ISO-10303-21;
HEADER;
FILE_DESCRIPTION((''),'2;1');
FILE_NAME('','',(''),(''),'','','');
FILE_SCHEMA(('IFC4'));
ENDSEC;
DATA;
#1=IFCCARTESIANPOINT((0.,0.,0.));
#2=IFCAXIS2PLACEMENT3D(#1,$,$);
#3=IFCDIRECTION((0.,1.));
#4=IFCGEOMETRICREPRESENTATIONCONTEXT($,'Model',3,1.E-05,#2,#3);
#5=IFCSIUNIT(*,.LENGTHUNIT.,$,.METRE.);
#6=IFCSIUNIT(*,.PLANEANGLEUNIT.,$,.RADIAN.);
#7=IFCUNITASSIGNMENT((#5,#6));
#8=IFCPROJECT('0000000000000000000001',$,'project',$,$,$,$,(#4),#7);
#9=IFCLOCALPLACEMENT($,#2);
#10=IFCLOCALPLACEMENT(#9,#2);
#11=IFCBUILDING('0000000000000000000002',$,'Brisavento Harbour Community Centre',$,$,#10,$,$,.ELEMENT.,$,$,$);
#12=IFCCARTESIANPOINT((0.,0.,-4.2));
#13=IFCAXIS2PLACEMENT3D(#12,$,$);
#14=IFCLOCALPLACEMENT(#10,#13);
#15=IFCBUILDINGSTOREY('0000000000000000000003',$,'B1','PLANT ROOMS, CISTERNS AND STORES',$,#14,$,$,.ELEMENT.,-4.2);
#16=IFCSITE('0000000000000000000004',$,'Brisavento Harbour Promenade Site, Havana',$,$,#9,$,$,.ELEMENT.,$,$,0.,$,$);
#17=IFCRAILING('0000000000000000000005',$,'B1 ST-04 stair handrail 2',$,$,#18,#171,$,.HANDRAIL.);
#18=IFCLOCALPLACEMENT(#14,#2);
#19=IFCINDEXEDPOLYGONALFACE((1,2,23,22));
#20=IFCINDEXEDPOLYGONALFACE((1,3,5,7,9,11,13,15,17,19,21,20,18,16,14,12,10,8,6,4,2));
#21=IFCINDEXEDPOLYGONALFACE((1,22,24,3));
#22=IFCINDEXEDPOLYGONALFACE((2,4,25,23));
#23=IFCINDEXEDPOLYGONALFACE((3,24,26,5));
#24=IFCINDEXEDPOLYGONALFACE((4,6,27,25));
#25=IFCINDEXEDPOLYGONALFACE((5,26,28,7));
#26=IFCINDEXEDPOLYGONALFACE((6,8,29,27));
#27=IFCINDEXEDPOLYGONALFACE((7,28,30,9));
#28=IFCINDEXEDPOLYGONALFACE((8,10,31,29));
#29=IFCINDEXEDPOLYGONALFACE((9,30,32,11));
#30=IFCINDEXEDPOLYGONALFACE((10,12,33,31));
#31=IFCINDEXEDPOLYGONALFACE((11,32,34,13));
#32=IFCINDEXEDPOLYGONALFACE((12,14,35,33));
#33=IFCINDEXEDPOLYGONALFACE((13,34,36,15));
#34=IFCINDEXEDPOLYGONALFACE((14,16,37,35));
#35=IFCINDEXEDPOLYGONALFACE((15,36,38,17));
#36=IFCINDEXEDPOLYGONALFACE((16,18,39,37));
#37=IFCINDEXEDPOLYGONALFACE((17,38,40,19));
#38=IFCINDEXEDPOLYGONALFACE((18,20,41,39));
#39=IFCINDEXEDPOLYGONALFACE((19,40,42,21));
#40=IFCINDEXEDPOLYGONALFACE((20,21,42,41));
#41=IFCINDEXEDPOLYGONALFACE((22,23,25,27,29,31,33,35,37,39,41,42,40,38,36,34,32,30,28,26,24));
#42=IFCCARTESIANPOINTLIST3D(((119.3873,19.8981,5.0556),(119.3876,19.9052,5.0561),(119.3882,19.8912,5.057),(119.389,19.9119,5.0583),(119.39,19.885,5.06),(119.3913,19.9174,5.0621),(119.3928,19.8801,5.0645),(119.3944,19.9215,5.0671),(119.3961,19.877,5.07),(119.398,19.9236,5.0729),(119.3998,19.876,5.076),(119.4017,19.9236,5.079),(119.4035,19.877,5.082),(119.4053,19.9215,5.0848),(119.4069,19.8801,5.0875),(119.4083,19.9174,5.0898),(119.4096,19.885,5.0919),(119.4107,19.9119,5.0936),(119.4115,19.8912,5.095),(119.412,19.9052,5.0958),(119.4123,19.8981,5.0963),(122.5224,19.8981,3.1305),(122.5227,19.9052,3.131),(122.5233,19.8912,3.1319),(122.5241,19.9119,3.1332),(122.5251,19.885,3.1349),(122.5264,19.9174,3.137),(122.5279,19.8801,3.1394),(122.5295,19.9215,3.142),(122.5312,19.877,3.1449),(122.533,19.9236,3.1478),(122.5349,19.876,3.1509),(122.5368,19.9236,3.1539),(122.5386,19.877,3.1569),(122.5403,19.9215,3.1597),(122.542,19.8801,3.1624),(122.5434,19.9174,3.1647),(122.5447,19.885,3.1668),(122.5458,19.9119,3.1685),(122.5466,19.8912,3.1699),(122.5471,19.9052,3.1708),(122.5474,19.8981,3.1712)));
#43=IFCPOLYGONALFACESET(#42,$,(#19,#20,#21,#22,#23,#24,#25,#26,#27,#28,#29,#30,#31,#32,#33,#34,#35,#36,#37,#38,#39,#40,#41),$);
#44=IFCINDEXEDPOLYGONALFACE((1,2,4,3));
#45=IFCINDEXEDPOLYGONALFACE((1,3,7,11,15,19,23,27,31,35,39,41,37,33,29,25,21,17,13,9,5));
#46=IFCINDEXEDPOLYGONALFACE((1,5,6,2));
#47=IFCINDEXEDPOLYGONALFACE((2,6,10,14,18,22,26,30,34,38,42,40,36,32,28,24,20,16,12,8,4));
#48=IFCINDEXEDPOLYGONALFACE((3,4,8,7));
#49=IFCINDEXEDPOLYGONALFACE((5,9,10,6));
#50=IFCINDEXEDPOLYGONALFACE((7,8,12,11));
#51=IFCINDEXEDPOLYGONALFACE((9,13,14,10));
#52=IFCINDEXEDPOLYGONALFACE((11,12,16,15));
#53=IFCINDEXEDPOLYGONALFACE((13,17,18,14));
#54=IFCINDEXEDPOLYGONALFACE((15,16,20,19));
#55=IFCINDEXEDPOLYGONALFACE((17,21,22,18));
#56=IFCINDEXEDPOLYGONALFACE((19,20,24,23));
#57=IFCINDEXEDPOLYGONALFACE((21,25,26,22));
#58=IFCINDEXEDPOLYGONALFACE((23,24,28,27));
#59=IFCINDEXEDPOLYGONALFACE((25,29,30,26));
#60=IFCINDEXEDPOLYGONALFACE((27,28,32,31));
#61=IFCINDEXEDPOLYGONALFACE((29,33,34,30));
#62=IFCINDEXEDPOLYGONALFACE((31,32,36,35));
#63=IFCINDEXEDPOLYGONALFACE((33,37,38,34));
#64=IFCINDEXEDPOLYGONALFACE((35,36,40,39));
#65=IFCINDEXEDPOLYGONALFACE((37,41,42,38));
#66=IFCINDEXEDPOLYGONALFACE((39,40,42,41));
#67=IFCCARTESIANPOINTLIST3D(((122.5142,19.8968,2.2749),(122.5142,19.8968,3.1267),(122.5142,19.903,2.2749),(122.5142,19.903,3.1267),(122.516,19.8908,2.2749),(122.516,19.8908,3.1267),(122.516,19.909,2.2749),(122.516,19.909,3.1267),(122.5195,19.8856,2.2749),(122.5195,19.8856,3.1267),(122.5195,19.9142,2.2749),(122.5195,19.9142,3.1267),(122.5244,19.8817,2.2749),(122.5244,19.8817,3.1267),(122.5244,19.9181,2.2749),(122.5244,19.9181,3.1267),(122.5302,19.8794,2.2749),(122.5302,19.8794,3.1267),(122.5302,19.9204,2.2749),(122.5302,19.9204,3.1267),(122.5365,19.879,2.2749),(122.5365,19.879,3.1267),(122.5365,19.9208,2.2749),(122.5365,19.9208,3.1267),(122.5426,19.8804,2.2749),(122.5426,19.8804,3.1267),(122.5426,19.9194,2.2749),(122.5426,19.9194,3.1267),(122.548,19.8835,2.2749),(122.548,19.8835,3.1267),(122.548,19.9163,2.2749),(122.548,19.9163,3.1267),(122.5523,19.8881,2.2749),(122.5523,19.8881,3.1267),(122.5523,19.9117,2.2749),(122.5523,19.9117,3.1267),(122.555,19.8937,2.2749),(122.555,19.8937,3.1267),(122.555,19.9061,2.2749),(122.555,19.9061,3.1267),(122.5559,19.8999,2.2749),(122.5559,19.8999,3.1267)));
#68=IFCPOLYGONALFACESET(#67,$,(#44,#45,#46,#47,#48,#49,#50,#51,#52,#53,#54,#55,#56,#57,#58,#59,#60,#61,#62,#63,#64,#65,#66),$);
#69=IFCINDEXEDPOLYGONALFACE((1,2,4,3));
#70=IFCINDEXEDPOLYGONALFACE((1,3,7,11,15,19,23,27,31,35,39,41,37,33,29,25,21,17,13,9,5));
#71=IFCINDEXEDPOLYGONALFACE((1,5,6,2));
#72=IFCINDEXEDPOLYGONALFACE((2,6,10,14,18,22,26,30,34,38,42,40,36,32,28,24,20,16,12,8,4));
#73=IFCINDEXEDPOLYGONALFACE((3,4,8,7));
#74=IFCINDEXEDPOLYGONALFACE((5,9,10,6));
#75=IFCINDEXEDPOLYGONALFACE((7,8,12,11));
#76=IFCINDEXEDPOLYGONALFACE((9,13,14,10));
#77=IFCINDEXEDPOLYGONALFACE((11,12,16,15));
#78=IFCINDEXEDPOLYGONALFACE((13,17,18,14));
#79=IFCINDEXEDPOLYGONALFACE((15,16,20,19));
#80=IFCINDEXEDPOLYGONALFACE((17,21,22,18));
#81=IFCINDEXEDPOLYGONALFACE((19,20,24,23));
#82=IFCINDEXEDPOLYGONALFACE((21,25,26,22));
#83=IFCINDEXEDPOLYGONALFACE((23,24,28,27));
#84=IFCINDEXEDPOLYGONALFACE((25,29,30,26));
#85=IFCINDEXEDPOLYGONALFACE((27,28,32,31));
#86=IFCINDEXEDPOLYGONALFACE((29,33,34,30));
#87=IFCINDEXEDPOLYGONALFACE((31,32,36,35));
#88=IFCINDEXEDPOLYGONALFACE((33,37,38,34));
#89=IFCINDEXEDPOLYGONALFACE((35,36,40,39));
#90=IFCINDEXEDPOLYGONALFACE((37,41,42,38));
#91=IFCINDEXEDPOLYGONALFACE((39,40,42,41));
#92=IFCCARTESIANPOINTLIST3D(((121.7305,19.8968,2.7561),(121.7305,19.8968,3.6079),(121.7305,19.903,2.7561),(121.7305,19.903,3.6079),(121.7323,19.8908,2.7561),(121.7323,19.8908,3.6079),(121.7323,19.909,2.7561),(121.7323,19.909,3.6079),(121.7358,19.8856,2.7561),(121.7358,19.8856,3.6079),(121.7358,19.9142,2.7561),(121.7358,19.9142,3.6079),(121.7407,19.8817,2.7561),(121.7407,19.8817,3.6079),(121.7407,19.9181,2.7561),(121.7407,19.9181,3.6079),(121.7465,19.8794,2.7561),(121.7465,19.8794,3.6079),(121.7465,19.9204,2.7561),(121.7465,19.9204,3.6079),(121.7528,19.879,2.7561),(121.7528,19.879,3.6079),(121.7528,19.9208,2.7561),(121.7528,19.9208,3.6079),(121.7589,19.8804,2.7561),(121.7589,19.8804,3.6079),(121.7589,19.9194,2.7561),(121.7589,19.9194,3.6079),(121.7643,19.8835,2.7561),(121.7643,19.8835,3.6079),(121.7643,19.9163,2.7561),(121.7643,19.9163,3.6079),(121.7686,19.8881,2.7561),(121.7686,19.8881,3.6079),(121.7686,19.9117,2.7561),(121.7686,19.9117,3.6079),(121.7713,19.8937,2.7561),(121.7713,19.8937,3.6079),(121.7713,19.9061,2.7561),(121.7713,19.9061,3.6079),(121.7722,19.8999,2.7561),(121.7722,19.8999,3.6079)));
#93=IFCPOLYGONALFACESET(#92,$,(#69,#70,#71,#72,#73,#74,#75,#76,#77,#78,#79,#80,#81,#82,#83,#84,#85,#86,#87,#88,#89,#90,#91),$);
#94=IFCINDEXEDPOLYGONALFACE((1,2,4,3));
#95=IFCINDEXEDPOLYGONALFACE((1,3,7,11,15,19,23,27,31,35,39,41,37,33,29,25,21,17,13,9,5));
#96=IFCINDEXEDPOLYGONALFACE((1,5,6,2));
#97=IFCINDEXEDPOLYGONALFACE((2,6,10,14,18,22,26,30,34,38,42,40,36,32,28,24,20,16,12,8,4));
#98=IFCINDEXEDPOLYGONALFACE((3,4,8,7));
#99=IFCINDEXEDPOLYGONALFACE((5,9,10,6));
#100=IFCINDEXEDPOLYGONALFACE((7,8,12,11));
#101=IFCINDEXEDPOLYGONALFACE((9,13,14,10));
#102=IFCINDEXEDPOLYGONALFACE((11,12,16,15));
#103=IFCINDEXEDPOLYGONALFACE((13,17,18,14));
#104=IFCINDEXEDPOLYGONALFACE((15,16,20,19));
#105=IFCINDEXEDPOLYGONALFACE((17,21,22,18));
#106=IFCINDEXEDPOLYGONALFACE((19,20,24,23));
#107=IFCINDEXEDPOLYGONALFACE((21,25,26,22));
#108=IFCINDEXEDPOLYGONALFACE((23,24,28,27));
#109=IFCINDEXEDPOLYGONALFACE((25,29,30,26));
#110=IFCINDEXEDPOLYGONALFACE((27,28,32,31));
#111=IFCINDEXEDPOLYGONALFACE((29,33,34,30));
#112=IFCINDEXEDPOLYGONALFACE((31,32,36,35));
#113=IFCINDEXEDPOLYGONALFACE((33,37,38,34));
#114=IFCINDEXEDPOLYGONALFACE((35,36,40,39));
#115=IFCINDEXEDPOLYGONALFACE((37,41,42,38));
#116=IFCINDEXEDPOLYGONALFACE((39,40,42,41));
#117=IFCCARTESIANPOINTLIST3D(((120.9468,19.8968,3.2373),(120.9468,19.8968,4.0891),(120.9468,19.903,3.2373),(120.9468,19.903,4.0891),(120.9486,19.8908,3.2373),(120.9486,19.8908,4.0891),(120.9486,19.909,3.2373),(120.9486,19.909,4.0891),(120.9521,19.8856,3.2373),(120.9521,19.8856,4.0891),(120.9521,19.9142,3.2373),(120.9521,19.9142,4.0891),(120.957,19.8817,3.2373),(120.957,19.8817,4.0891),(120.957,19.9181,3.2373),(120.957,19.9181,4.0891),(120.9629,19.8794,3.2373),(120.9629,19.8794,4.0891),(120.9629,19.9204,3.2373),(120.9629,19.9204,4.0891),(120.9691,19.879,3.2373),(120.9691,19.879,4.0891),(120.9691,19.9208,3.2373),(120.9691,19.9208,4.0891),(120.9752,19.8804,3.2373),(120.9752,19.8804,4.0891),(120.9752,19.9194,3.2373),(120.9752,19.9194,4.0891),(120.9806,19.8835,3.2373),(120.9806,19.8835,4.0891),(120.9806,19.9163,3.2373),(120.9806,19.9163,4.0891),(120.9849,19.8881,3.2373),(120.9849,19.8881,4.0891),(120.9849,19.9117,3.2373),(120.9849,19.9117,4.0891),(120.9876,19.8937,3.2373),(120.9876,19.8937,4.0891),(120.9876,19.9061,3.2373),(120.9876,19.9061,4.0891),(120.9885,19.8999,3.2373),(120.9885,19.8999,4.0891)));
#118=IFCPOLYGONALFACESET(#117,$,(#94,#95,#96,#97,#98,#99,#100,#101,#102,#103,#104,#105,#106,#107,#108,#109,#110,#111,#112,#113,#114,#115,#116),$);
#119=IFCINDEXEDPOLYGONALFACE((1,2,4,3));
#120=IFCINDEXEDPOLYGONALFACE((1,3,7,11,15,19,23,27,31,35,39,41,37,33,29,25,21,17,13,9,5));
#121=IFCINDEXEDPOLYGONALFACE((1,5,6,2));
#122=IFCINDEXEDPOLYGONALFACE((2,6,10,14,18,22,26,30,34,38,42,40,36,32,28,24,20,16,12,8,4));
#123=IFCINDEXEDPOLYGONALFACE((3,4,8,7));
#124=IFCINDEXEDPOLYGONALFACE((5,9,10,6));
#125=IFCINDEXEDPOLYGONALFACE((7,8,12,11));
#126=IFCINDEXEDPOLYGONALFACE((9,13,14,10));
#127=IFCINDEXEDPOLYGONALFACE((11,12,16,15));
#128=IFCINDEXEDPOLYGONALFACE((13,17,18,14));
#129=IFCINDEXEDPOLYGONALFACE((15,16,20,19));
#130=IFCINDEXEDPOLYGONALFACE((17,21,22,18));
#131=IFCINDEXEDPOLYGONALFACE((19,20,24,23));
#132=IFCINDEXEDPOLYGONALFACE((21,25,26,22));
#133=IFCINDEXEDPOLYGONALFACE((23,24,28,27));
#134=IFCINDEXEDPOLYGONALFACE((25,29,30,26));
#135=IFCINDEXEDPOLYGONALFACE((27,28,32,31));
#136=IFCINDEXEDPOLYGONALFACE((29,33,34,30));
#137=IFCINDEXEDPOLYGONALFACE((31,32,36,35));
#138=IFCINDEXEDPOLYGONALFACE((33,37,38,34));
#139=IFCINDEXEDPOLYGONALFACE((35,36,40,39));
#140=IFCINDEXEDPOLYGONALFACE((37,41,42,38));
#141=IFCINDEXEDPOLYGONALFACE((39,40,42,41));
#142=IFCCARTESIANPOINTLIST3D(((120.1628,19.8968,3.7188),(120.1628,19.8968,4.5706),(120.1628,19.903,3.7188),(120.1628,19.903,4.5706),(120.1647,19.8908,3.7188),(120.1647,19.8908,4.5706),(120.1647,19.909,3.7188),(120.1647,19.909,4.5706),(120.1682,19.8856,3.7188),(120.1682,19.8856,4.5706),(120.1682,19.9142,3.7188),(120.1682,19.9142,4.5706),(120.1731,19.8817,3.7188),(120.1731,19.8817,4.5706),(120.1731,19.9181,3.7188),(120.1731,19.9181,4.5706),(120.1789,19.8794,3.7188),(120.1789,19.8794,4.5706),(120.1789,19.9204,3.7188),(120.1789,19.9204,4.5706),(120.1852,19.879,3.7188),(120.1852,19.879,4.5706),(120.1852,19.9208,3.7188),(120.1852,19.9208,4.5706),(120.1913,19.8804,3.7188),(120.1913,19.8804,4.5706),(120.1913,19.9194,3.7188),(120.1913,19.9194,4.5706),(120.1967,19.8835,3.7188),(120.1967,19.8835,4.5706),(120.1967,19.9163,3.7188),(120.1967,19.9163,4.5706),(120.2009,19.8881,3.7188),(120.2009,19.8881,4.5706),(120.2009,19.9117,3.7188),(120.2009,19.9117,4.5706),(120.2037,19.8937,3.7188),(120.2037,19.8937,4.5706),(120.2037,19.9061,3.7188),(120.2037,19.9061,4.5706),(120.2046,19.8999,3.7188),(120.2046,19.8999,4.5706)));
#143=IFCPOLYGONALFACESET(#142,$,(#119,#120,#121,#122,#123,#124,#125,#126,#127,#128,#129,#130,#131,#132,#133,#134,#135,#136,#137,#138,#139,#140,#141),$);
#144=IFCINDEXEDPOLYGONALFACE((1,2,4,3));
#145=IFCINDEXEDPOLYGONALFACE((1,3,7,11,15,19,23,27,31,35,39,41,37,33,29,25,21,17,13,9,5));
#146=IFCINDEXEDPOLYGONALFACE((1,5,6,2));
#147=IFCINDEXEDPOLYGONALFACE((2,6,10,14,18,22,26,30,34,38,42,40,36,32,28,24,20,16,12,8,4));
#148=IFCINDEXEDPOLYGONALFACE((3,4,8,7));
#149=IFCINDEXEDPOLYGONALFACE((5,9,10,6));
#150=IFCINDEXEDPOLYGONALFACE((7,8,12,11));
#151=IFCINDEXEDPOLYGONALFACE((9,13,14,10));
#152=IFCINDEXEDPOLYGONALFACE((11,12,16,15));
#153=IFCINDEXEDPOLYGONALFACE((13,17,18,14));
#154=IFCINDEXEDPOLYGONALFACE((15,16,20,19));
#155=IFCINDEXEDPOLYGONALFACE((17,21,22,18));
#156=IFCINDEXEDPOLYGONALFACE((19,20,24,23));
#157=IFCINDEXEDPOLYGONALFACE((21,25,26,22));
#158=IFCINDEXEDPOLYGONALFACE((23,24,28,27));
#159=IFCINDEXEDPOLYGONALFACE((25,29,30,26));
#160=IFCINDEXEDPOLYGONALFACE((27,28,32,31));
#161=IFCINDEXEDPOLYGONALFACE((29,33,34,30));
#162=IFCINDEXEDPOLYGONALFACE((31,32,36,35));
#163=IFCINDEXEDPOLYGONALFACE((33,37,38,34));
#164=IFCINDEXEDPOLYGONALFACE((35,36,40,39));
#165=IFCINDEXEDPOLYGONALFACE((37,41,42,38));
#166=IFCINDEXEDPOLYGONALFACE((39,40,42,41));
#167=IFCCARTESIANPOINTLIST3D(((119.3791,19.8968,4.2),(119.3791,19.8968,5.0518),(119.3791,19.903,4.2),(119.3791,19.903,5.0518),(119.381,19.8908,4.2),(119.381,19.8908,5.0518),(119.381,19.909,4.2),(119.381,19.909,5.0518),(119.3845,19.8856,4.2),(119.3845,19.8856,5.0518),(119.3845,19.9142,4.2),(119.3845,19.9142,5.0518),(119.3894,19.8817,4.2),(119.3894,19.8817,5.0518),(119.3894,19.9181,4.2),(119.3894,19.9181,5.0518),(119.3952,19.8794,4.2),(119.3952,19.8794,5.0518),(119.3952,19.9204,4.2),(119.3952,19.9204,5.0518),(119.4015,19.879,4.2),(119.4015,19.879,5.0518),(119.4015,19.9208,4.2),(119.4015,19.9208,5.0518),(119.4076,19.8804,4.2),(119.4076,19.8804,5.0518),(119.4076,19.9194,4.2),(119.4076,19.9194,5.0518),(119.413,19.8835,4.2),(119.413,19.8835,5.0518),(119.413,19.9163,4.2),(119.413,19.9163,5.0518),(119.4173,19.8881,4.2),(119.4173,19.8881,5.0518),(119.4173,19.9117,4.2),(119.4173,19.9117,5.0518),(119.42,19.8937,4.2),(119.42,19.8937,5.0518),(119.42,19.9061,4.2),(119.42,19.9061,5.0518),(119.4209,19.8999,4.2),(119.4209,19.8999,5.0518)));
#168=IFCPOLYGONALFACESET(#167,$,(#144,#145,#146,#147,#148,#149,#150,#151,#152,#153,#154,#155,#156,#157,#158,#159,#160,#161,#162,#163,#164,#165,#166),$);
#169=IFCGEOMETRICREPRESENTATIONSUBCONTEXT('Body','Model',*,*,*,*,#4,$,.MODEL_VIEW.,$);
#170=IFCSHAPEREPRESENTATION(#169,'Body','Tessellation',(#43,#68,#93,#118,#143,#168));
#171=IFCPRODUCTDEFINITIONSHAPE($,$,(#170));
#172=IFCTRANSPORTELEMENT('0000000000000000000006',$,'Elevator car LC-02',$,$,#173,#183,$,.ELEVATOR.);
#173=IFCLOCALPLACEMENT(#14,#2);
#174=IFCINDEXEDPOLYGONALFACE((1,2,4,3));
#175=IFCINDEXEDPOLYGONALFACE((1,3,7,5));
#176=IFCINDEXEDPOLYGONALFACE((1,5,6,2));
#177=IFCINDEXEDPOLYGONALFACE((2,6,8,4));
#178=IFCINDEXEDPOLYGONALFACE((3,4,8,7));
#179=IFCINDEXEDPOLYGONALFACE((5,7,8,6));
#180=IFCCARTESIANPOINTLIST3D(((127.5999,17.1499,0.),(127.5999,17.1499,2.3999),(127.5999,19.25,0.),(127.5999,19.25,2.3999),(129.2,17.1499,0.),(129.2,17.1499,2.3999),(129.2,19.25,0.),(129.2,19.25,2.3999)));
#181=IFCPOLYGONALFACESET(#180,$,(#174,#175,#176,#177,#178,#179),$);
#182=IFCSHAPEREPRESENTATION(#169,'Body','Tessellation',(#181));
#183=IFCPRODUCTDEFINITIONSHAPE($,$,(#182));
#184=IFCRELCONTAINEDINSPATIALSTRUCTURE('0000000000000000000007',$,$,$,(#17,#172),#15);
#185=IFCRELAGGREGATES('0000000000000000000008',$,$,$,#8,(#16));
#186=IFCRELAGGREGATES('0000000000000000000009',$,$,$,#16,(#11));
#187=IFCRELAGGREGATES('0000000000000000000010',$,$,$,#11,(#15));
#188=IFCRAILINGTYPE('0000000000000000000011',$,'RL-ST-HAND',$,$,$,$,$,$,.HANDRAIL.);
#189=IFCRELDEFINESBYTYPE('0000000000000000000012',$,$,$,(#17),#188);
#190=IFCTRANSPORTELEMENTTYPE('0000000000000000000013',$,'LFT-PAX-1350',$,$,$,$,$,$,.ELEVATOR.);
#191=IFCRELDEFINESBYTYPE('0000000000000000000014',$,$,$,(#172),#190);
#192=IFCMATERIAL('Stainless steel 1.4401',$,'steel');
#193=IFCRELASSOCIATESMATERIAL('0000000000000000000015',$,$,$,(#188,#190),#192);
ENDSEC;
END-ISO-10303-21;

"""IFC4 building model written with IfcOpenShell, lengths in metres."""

from ifc_helpers import new_model, si_unit, direction, frame, origin, origin_2d, place, context, subcontext, project, spatial, rectangle, circle, extrude, material, type_object, element, save


model = new_model("IFC4")

# Units and contexts
model_context = context("Model", 3, precision=1e-05, world=origin(), true_north=direction((0.0, 1.0)))
body_context = subcontext(model_context, "Body", "Model", "MODEL_VIEW")
ifc_project = project(units=[si_unit("LENGTHUNIT", "METRE"), si_unit("PLANEANGLEUNIT", "RADIAN")], contexts=[model_context])

# Site, building, storey
site_placement = place(None, origin())
site = spatial("IfcSite", under=ifc_project, at=site_placement, Name="Brisavento Harbour Promenade Site, Havana", CompositionType="ELEMENT", RefElevation=0.0)
building_placement = place(site_placement, origin())
building = spatial("IfcBuilding", under=site, at=building_placement, Name="Brisavento Harbour Community Centre", CompositionType="ELEMENT")
storey_placement = place(building_placement, frame((0.0, 0.0, -4.2)))
storey = spatial("IfcBuildingStorey", under=building, at=storey_placement, Name="B1", Description="PLANT ROOMS, CISTERNS AND STORES", CompositionType="ELEMENT", Elevation=-4.2)

# Shared definitions
ifc_material_1 = material(Name="Stainless steel 1.4401", Category="steel")

# Railing
railing_type_1 = type_object("IfcRailingType", Name="RL-ST-HAND", PredefinedType="HANDRAIL", material=ifc_material_1)
railing_1_placement = place(storey_placement, frame((122.5349, 19.8999, 2.2749)))
element("IfcRailing", 1, at=railing_1_placement, inside=storey, type_object=railing_type_1, Name="B1 ST-04 stair handrail 2", PredefinedType="HANDRAIL", context=body_context, shape_type="SweptSolid", body=[
    extrude(circle(Radius=0.0239, at=origin_2d()), frame((0.0, 0.0, 0.876), z_axis=(-0.852166, 0.0, 0.523271), x_axis=(0.0, -1.0, 0.0)), (0.0, 0.0, 1.0), 3.679),
    extrude(circle(Radius=0.021, at=origin_2d()), origin(), (0.0, 0.0, 1.0), 0.8518),
    extrude(circle(Radius=0.021, at=origin_2d()), frame((-0.7837, 0.0, 0.4812)), (0.0, 0.0, 1.0), 0.8518),
    extrude(circle(Radius=0.021, at=origin_2d()), frame((-1.5674, 0.0, 0.9624)), (0.0, 0.0, 1.0), 0.8518),
    extrude(circle(Radius=0.021, at=origin_2d()), frame((-2.3513, 0.0, 1.4438)), (0.0, 0.0, 1.0), 0.8518),
    extrude(circle(Radius=0.021, at=origin_2d()), frame((-3.135, 0.0, 1.925)), (0.0, 0.0, 1.0), 0.8518),
])

# Transport element
transport_element_type = type_object("IfcTransportElementType", Name="LFT-PAX-1350", PredefinedType="ELEVATOR", material=ifc_material_1)
transport_element_placement = place(storey_placement, frame((128.3999, 18.2, 0.0), z_axis=(0.0, 0.0, 1.0), x_axis=(1.0, 0.0, 0.0)))
element("IfcTransportElement", 2, at=transport_element_placement, inside=storey, type_object=transport_element_type, Name="Elevator car LC-02", PredefinedType="ELEVATOR", context=body_context, shape_type="SweptSolid", body=[
    extrude(rectangle(XDim=1.6001, YDim=2.1001, at=origin_2d()), origin(), (0.0, 0.0, 1.0), 2.3999),
])

save(model, "model.ifc")
